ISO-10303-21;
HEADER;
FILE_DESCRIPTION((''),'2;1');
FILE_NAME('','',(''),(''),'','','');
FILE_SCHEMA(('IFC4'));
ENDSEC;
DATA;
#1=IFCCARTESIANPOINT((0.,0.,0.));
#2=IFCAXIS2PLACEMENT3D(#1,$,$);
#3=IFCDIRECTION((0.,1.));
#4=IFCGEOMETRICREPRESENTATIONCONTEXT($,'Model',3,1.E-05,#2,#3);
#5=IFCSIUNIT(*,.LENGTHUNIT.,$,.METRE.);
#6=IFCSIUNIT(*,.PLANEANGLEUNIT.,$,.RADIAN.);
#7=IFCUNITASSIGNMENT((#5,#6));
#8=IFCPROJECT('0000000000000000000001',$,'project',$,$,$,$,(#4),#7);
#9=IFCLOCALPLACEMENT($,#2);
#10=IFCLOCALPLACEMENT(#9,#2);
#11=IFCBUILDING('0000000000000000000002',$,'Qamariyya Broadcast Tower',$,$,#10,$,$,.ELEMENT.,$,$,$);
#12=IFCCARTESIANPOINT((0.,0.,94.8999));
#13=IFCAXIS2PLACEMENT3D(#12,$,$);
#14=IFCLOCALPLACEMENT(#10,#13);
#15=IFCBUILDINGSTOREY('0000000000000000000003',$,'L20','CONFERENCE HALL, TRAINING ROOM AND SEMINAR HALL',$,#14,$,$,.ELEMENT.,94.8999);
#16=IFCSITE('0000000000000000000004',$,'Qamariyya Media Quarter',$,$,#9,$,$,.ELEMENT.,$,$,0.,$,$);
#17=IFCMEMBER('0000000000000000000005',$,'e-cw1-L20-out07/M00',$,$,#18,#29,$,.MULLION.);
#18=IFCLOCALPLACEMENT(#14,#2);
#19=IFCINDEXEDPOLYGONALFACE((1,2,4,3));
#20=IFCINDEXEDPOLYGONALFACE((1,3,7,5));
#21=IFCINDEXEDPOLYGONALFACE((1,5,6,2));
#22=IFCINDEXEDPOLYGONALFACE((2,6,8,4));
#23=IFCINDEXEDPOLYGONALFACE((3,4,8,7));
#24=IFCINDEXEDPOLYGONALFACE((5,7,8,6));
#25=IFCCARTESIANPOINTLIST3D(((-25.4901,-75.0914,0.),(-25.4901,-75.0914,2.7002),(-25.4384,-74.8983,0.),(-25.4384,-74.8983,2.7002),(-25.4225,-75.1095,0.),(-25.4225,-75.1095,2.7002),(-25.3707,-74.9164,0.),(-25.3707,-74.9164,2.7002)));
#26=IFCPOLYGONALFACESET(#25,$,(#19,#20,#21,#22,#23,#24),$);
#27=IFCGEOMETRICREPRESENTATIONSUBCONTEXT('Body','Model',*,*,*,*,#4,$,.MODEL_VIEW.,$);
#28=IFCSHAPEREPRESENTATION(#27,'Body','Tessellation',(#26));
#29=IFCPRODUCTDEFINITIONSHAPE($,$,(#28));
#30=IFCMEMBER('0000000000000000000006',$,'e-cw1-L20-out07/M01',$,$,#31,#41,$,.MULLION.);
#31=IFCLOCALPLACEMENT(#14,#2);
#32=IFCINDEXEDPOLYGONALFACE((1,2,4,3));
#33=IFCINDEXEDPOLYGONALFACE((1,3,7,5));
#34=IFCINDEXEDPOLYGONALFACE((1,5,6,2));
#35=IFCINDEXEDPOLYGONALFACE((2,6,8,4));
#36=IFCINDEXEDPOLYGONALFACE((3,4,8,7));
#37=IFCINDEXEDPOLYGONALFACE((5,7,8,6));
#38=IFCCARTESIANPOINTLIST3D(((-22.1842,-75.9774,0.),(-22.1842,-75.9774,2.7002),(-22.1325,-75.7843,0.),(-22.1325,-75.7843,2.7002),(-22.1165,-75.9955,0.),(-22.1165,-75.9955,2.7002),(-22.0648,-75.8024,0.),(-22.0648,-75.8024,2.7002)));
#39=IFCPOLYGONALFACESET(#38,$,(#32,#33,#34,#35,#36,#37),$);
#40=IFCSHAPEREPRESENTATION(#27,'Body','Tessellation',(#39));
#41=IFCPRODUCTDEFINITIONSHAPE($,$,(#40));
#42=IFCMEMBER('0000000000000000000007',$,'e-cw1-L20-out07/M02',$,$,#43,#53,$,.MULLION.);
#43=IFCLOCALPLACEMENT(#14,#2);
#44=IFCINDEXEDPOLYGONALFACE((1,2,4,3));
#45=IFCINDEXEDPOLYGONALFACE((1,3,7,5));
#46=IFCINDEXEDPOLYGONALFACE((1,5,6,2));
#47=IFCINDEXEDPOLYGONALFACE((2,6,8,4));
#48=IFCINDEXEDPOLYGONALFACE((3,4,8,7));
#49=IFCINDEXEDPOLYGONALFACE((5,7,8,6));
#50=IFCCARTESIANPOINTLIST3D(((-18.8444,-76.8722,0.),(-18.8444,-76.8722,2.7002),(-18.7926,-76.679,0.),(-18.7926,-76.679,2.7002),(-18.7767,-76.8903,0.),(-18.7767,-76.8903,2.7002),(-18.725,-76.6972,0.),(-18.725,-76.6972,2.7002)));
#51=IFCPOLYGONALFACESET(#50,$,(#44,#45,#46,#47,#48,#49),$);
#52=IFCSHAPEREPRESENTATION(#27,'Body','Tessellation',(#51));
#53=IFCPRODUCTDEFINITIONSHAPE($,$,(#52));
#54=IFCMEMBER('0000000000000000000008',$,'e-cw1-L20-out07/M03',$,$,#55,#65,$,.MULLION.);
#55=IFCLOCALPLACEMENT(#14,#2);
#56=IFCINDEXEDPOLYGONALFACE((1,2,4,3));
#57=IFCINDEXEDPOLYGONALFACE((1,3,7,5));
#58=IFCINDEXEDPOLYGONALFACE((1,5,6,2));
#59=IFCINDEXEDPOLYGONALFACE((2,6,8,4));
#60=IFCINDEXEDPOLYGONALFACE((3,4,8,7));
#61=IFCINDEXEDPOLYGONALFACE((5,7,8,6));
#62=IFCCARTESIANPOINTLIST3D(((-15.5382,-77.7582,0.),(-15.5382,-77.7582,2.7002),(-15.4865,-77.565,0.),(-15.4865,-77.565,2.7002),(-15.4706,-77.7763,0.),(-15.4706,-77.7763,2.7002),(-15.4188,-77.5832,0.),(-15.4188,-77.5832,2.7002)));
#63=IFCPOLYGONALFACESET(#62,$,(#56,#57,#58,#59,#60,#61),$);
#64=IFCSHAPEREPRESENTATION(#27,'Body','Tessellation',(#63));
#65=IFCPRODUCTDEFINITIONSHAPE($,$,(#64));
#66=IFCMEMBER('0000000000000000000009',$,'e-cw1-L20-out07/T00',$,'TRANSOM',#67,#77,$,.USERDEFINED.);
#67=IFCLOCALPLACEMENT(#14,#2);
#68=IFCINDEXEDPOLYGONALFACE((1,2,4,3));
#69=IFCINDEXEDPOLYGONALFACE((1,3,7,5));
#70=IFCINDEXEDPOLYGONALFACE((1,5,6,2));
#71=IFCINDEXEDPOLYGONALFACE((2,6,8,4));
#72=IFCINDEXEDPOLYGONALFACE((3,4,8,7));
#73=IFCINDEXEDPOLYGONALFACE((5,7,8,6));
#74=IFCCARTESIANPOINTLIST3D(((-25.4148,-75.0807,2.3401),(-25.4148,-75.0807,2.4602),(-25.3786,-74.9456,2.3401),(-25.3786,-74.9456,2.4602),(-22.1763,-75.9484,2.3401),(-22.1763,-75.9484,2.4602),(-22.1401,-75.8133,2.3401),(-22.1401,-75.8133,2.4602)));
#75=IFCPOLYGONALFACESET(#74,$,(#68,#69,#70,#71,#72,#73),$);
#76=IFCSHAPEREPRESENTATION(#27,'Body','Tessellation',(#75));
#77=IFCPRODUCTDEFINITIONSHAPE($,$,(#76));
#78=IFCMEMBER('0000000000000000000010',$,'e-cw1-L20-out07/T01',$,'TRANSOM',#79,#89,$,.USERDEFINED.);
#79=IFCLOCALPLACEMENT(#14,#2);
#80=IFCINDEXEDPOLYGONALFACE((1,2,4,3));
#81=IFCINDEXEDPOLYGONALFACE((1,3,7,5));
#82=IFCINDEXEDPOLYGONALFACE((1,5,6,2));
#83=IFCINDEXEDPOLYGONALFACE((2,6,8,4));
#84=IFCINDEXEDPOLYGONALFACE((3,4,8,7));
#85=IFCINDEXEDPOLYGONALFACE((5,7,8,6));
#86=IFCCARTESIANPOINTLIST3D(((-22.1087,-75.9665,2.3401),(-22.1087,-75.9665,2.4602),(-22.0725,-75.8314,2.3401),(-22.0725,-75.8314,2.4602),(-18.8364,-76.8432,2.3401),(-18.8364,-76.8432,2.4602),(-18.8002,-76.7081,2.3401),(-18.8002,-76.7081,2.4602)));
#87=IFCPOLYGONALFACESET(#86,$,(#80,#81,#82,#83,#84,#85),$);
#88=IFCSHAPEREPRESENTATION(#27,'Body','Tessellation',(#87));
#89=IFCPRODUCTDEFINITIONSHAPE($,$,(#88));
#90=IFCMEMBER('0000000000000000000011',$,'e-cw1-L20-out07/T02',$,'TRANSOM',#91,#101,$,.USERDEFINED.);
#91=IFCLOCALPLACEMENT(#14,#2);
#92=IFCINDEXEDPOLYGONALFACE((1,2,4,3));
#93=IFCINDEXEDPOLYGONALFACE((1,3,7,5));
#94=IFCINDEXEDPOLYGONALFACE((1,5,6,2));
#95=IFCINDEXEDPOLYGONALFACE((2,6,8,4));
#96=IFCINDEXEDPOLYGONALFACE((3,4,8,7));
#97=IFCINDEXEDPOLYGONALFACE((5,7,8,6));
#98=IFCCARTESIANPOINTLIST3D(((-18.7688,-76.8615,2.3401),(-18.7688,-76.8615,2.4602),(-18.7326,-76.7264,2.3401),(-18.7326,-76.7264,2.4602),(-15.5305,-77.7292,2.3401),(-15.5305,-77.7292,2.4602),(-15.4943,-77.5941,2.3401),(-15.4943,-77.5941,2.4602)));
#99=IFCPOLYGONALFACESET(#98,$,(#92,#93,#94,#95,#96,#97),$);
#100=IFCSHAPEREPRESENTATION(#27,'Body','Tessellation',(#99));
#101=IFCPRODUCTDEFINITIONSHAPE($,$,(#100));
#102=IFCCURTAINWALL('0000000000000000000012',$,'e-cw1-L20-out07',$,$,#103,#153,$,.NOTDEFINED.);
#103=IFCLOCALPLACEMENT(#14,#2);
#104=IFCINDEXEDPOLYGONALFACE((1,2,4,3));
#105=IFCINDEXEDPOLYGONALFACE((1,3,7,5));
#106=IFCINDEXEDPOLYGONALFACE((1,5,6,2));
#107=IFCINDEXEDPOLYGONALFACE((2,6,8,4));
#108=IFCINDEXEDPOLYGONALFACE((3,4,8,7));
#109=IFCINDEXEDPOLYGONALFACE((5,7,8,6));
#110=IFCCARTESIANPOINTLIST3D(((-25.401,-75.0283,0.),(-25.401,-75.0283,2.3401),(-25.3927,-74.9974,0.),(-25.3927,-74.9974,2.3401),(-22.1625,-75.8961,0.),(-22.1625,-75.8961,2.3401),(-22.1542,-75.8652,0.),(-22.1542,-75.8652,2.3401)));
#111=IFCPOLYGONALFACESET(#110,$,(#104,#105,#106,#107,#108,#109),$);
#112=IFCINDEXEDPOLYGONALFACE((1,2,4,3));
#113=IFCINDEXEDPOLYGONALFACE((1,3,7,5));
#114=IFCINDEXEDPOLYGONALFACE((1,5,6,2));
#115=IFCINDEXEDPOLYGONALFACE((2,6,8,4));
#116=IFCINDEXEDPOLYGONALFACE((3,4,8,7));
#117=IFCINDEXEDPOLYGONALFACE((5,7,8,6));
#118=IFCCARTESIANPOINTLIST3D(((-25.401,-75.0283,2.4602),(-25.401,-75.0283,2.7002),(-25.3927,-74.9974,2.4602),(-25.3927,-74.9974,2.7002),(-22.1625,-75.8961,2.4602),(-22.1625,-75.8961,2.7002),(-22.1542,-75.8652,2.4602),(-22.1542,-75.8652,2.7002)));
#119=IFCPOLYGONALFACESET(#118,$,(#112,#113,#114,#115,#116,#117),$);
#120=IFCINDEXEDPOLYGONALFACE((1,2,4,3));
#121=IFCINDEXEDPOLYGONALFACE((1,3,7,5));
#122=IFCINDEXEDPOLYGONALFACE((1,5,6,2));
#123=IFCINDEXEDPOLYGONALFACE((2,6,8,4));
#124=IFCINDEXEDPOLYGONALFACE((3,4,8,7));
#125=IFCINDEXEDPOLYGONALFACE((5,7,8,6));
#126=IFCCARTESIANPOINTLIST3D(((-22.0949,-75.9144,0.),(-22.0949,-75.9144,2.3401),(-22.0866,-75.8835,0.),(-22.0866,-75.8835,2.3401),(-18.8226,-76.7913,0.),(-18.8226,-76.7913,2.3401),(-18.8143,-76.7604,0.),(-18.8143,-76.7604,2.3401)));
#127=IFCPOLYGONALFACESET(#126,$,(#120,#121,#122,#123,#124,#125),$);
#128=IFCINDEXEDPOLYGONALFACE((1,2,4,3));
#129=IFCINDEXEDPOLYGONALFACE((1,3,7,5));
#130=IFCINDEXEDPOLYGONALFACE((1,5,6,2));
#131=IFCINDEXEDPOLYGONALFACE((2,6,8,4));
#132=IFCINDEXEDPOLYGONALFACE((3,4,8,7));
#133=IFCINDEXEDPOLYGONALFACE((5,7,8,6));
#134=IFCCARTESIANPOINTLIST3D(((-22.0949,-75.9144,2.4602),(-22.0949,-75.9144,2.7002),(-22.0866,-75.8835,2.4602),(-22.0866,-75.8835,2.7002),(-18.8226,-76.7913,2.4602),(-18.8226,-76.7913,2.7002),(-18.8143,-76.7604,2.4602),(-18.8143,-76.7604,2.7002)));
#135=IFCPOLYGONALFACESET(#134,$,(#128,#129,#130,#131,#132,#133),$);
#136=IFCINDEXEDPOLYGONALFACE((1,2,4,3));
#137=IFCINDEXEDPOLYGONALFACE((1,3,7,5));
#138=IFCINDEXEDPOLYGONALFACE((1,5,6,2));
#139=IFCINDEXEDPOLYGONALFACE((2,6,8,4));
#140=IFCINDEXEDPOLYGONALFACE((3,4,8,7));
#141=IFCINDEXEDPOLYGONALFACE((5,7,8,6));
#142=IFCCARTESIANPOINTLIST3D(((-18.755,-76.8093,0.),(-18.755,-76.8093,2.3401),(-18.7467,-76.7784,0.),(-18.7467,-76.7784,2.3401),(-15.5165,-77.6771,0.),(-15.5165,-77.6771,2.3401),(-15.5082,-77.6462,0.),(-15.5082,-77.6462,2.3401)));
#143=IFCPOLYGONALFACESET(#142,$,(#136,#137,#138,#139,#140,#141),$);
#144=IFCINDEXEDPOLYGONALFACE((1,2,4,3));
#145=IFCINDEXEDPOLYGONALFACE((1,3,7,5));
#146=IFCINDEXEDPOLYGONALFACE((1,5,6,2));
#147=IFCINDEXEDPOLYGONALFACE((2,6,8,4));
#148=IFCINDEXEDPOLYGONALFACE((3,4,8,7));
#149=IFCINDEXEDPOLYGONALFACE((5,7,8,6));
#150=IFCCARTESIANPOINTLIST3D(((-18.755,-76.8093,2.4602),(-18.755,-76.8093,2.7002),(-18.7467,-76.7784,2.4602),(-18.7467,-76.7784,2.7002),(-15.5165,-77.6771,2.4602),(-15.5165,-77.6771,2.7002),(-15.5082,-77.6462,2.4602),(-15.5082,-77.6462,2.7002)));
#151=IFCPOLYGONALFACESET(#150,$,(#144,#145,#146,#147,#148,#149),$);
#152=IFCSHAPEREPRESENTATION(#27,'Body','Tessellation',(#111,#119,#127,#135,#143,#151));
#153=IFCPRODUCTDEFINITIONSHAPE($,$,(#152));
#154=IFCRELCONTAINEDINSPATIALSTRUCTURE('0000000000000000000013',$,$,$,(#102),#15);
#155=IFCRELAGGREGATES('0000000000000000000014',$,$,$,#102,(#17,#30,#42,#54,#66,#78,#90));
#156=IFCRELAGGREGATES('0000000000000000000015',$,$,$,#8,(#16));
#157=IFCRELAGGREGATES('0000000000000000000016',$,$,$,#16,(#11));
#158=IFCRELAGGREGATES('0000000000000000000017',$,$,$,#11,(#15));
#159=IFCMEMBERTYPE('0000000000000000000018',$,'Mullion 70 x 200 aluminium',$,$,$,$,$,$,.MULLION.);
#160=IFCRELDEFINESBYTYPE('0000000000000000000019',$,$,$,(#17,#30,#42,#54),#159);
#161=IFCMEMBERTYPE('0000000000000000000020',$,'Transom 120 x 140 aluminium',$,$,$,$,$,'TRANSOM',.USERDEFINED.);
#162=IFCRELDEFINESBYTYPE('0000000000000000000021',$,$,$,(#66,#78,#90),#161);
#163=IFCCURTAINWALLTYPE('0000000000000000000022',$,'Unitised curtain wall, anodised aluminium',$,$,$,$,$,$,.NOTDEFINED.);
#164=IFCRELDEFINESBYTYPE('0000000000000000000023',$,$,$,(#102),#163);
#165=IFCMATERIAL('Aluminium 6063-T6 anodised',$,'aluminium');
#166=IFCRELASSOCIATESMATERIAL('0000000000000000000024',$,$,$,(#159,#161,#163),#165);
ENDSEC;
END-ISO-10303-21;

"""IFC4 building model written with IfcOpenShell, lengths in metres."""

from ifc_helpers import new_model, si_unit, direction, frame, origin, origin_2d, place, context, subcontext, project, spatial, rectangle, extrude, material, material_profile, profile_set, type_object, element, aggregate, save


model = new_model("IFC4")

# Units and contexts
model_context = context("Model", 3, precision=1e-05, world=origin(), true_north=direction((0.0, 1.0)))
body_context = subcontext(model_context, "Body", "Model", "MODEL_VIEW")
ifc_project = project(units=[si_unit("LENGTHUNIT", "METRE"), si_unit("PLANEANGLEUNIT", "RADIAN")], contexts=[model_context])

# Members
ifc_material = material(Name="Aluminium 6063-T6 anodised", Category="aluminium")
ifc_material_profile_1 = material_profile(ifc_material, rectangle(XDim=0.2, YDim=0.0701, at=origin_2d()))
ifc_profile_set_1 = profile_set([ifc_material_profile_1], Name="Aluminium 6063-T6 anodised")
member_type_1 = type_object("IfcMemberType", Name="Mullion 70 x 200 aluminium", PredefinedType="MULLION", material=ifc_profile_set_1)
site_placement = place(None, origin())
building_placement = place(site_placement, origin())
storey_placement = place(building_placement, frame((0.0, 0.0, 94.8999)))
member_1_placement = place(storey_placement, frame((-25.4304, -75.0039, 0.0), z_axis=(0.0, 0.0, 1.0), x_axis=(0.258819, 0.965926, 0.0)))
member_1 = element("IfcMember", 1, at=member_1_placement, type_object=member_type_1, Name="e-cw1-L20-out07/M00", PredefinedType="MULLION", context=body_context, shape_type="SweptSolid", body=[
    extrude(rectangle(XDim=0.2, YDim=0.0701, at=origin_2d()), origin(), (0.0, 0.0, 1.0), 2.7002),
])
member_2_placement = place(storey_placement, frame((-22.1245, -75.8899, 0.0), z_axis=(0.0, 0.0, 1.0), x_axis=(0.258819, 0.965926, 0.0)))
member_2 = element("IfcMember", 2, at=member_2_placement, type_object=member_type_1, Name="e-cw1-L20-out07/M01", PredefinedType="MULLION", context=body_context, shape_type="SweptSolid", body=[
    extrude(rectangle(XDim=0.2, YDim=0.0701, at=origin_2d()), origin(), (0.0, 0.0, 1.0), 2.7002),
])
member_3_placement = place(storey_placement, frame((-18.7847, -76.7847, 0.0), z_axis=(0.0, 0.0, 1.0), x_axis=(0.258819, 0.965926, 0.0)))
member_3 = element("IfcMember", 3, at=member_3_placement, type_object=member_type_1, Name="e-cw1-L20-out07/M02", PredefinedType="MULLION", context=body_context, shape_type="SweptSolid", body=[
    extrude(rectangle(XDim=0.2, YDim=0.0701, at=origin_2d()), origin(), (0.0, 0.0, 1.0), 2.7002),
])
member_4_placement = place(storey_placement, frame((-15.4785, -77.6707, 0.0), z_axis=(0.0, 0.0, 1.0), x_axis=(0.258819, 0.965926, 0.0)))
member_4 = element("IfcMember", 4, at=member_4_placement, type_object=member_type_1, Name="e-cw1-L20-out07/M03", PredefinedType="MULLION", context=body_context, shape_type="SweptSolid", body=[
    extrude(rectangle(XDim=0.2, YDim=0.0701, at=origin_2d()), origin(), (0.0, 0.0, 1.0), 2.7002),
])
ifc_material_profile_2 = material_profile(ifc_material, rectangle(XDim=0.1399, YDim=0.1201, at=origin_2d()))
ifc_profile_set_2 = profile_set([ifc_material_profile_2], Name="Aluminium 6063-T6 anodised")
member_type_2 = type_object("IfcMemberType", Name="Transom 120 x 140 aluminium", ElementType="TRANSOM", PredefinedType="USERDEFINED", material=ifc_profile_set_2)
member_5_placement = place(storey_placement, frame((-25.3967, -75.0132, 2.4001), z_axis=(0.965932, -0.258796, 0.0), x_axis=(0.258796, 0.965932, 0.0)))
member_5 = element("IfcMember", 5, at=member_5_placement, type_object=member_type_2, Name="e-cw1-L20-out07/T00", ObjectType="TRANSOM", PredefinedType="USERDEFINED", context=body_context, shape_type="SweptSolid", body=[
    extrude(rectangle(XDim=0.1399, YDim=0.1201, at=origin_2d()), origin(), (0.0, 0.0, 1.0), 3.3528),
])
member_6_placement = place(storey_placement, frame((-22.0906, -75.8989, 2.4001), z_axis=(0.965932, -0.258797, 0.0), x_axis=(0.258797, 0.965932, 0.0)))
member_6 = element("IfcMember", 6, at=member_6_placement, type_object=member_type_2, Name="e-cw1-L20-out07/T01", ObjectType="TRANSOM", PredefinedType="USERDEFINED", context=body_context, shape_type="SweptSolid", body=[
    extrude(rectangle(XDim=0.1399, YDim=0.1201, at=origin_2d()), origin(), (0.0, 0.0, 1.0), 3.3877),
])
member_7_placement = place(storey_placement, frame((-18.7507, -76.7939, 2.4001), z_axis=(0.965927, -0.258814, 0.0), x_axis=(0.258814, 0.965927, 0.0)))
member_7 = element("IfcMember", 7, at=member_7_placement, type_object=member_type_2, Name="e-cw1-L20-out07/T02", ObjectType="TRANSOM", PredefinedType="USERDEFINED", context=body_context, shape_type="SweptSolid", body=[
    extrude(rectangle(XDim=0.1399, YDim=0.1201, at=origin_2d()), origin(), (0.0, 0.0, 1.0), 3.3525),
])

# Site, building, storey
site = spatial("IfcSite", under=ifc_project, at=site_placement, Name="Qamariyya Media Quarter", CompositionType="ELEMENT", RefElevation=0.0)
building = spatial("IfcBuilding", under=site, at=building_placement, Name="Qamariyya Broadcast Tower", CompositionType="ELEMENT")
storey = spatial("IfcBuildingStorey", under=building, at=storey_placement, Name="L20", Description="CONFERENCE HALL, TRAINING ROOM AND SEMINAR HALL", CompositionType="ELEMENT", Elevation=94.8999)

# Curtain wall
curtain_wall_type = type_object("IfcCurtainWallType", Name="Unitised curtain wall, anodised aluminium", PredefinedType="NOTDEFINED", material=ifc_material)
curtain_wall_1_placement = place(storey_placement, origin())
curtain_wall_1 = element("IfcCurtainWall", 8, at=curtain_wall_1_placement, inside=storey, type_object=curtain_wall_type, Name="e-cw1-L20-out07", PredefinedType="NOTDEFINED", context=body_context, shape_type="SweptSolid", body=[
    extrude(rectangle(XDim=3.3528, YDim=0.032, at=origin_2d()), frame((-23.7776, -75.4468, 0.0), x_axis=(0.965924, -0.258827, 0.0)), (0.0, 0.0, 1.0), 2.3401),
    extrude(rectangle(XDim=3.3528, YDim=0.032, at=origin_2d()), frame((-23.7776, -75.4468, 2.4602), x_axis=(0.965924, -0.258827, 0.0)), (0.0, 0.0, 1.0), 0.24),
    extrude(rectangle(XDim=3.3877, YDim=0.032, at=origin_2d()), frame((-20.4546, -76.3374, 0.0), x_axis=(0.965924, -0.258827, 0.0)), (0.0, 0.0, 1.0), 2.3401),
    extrude(rectangle(XDim=3.3877, YDim=0.032, at=origin_2d()), frame((-20.4546, -76.3374, 2.4602), x_axis=(0.965924, -0.258827, 0.0)), (0.0, 0.0, 1.0), 0.24),
    extrude(rectangle(XDim=3.3528, YDim=0.032, at=origin_2d()), frame((-17.1316, -77.2278, 0.0), x_axis=(0.965924, -0.258827, 0.0)), (0.0, 0.0, 1.0), 2.3401),
    extrude(rectangle(XDim=3.3528, YDim=0.032, at=origin_2d()), frame((-17.1316, -77.2278, 2.4602), x_axis=(0.965924, -0.258827, 0.0)), (0.0, 0.0, 1.0), 0.24),
])
aggregate(curtain_wall_1, [member_1, member_2, member_3, member_4, member_5, member_6, member_7])

save(model, "model.ifc")
